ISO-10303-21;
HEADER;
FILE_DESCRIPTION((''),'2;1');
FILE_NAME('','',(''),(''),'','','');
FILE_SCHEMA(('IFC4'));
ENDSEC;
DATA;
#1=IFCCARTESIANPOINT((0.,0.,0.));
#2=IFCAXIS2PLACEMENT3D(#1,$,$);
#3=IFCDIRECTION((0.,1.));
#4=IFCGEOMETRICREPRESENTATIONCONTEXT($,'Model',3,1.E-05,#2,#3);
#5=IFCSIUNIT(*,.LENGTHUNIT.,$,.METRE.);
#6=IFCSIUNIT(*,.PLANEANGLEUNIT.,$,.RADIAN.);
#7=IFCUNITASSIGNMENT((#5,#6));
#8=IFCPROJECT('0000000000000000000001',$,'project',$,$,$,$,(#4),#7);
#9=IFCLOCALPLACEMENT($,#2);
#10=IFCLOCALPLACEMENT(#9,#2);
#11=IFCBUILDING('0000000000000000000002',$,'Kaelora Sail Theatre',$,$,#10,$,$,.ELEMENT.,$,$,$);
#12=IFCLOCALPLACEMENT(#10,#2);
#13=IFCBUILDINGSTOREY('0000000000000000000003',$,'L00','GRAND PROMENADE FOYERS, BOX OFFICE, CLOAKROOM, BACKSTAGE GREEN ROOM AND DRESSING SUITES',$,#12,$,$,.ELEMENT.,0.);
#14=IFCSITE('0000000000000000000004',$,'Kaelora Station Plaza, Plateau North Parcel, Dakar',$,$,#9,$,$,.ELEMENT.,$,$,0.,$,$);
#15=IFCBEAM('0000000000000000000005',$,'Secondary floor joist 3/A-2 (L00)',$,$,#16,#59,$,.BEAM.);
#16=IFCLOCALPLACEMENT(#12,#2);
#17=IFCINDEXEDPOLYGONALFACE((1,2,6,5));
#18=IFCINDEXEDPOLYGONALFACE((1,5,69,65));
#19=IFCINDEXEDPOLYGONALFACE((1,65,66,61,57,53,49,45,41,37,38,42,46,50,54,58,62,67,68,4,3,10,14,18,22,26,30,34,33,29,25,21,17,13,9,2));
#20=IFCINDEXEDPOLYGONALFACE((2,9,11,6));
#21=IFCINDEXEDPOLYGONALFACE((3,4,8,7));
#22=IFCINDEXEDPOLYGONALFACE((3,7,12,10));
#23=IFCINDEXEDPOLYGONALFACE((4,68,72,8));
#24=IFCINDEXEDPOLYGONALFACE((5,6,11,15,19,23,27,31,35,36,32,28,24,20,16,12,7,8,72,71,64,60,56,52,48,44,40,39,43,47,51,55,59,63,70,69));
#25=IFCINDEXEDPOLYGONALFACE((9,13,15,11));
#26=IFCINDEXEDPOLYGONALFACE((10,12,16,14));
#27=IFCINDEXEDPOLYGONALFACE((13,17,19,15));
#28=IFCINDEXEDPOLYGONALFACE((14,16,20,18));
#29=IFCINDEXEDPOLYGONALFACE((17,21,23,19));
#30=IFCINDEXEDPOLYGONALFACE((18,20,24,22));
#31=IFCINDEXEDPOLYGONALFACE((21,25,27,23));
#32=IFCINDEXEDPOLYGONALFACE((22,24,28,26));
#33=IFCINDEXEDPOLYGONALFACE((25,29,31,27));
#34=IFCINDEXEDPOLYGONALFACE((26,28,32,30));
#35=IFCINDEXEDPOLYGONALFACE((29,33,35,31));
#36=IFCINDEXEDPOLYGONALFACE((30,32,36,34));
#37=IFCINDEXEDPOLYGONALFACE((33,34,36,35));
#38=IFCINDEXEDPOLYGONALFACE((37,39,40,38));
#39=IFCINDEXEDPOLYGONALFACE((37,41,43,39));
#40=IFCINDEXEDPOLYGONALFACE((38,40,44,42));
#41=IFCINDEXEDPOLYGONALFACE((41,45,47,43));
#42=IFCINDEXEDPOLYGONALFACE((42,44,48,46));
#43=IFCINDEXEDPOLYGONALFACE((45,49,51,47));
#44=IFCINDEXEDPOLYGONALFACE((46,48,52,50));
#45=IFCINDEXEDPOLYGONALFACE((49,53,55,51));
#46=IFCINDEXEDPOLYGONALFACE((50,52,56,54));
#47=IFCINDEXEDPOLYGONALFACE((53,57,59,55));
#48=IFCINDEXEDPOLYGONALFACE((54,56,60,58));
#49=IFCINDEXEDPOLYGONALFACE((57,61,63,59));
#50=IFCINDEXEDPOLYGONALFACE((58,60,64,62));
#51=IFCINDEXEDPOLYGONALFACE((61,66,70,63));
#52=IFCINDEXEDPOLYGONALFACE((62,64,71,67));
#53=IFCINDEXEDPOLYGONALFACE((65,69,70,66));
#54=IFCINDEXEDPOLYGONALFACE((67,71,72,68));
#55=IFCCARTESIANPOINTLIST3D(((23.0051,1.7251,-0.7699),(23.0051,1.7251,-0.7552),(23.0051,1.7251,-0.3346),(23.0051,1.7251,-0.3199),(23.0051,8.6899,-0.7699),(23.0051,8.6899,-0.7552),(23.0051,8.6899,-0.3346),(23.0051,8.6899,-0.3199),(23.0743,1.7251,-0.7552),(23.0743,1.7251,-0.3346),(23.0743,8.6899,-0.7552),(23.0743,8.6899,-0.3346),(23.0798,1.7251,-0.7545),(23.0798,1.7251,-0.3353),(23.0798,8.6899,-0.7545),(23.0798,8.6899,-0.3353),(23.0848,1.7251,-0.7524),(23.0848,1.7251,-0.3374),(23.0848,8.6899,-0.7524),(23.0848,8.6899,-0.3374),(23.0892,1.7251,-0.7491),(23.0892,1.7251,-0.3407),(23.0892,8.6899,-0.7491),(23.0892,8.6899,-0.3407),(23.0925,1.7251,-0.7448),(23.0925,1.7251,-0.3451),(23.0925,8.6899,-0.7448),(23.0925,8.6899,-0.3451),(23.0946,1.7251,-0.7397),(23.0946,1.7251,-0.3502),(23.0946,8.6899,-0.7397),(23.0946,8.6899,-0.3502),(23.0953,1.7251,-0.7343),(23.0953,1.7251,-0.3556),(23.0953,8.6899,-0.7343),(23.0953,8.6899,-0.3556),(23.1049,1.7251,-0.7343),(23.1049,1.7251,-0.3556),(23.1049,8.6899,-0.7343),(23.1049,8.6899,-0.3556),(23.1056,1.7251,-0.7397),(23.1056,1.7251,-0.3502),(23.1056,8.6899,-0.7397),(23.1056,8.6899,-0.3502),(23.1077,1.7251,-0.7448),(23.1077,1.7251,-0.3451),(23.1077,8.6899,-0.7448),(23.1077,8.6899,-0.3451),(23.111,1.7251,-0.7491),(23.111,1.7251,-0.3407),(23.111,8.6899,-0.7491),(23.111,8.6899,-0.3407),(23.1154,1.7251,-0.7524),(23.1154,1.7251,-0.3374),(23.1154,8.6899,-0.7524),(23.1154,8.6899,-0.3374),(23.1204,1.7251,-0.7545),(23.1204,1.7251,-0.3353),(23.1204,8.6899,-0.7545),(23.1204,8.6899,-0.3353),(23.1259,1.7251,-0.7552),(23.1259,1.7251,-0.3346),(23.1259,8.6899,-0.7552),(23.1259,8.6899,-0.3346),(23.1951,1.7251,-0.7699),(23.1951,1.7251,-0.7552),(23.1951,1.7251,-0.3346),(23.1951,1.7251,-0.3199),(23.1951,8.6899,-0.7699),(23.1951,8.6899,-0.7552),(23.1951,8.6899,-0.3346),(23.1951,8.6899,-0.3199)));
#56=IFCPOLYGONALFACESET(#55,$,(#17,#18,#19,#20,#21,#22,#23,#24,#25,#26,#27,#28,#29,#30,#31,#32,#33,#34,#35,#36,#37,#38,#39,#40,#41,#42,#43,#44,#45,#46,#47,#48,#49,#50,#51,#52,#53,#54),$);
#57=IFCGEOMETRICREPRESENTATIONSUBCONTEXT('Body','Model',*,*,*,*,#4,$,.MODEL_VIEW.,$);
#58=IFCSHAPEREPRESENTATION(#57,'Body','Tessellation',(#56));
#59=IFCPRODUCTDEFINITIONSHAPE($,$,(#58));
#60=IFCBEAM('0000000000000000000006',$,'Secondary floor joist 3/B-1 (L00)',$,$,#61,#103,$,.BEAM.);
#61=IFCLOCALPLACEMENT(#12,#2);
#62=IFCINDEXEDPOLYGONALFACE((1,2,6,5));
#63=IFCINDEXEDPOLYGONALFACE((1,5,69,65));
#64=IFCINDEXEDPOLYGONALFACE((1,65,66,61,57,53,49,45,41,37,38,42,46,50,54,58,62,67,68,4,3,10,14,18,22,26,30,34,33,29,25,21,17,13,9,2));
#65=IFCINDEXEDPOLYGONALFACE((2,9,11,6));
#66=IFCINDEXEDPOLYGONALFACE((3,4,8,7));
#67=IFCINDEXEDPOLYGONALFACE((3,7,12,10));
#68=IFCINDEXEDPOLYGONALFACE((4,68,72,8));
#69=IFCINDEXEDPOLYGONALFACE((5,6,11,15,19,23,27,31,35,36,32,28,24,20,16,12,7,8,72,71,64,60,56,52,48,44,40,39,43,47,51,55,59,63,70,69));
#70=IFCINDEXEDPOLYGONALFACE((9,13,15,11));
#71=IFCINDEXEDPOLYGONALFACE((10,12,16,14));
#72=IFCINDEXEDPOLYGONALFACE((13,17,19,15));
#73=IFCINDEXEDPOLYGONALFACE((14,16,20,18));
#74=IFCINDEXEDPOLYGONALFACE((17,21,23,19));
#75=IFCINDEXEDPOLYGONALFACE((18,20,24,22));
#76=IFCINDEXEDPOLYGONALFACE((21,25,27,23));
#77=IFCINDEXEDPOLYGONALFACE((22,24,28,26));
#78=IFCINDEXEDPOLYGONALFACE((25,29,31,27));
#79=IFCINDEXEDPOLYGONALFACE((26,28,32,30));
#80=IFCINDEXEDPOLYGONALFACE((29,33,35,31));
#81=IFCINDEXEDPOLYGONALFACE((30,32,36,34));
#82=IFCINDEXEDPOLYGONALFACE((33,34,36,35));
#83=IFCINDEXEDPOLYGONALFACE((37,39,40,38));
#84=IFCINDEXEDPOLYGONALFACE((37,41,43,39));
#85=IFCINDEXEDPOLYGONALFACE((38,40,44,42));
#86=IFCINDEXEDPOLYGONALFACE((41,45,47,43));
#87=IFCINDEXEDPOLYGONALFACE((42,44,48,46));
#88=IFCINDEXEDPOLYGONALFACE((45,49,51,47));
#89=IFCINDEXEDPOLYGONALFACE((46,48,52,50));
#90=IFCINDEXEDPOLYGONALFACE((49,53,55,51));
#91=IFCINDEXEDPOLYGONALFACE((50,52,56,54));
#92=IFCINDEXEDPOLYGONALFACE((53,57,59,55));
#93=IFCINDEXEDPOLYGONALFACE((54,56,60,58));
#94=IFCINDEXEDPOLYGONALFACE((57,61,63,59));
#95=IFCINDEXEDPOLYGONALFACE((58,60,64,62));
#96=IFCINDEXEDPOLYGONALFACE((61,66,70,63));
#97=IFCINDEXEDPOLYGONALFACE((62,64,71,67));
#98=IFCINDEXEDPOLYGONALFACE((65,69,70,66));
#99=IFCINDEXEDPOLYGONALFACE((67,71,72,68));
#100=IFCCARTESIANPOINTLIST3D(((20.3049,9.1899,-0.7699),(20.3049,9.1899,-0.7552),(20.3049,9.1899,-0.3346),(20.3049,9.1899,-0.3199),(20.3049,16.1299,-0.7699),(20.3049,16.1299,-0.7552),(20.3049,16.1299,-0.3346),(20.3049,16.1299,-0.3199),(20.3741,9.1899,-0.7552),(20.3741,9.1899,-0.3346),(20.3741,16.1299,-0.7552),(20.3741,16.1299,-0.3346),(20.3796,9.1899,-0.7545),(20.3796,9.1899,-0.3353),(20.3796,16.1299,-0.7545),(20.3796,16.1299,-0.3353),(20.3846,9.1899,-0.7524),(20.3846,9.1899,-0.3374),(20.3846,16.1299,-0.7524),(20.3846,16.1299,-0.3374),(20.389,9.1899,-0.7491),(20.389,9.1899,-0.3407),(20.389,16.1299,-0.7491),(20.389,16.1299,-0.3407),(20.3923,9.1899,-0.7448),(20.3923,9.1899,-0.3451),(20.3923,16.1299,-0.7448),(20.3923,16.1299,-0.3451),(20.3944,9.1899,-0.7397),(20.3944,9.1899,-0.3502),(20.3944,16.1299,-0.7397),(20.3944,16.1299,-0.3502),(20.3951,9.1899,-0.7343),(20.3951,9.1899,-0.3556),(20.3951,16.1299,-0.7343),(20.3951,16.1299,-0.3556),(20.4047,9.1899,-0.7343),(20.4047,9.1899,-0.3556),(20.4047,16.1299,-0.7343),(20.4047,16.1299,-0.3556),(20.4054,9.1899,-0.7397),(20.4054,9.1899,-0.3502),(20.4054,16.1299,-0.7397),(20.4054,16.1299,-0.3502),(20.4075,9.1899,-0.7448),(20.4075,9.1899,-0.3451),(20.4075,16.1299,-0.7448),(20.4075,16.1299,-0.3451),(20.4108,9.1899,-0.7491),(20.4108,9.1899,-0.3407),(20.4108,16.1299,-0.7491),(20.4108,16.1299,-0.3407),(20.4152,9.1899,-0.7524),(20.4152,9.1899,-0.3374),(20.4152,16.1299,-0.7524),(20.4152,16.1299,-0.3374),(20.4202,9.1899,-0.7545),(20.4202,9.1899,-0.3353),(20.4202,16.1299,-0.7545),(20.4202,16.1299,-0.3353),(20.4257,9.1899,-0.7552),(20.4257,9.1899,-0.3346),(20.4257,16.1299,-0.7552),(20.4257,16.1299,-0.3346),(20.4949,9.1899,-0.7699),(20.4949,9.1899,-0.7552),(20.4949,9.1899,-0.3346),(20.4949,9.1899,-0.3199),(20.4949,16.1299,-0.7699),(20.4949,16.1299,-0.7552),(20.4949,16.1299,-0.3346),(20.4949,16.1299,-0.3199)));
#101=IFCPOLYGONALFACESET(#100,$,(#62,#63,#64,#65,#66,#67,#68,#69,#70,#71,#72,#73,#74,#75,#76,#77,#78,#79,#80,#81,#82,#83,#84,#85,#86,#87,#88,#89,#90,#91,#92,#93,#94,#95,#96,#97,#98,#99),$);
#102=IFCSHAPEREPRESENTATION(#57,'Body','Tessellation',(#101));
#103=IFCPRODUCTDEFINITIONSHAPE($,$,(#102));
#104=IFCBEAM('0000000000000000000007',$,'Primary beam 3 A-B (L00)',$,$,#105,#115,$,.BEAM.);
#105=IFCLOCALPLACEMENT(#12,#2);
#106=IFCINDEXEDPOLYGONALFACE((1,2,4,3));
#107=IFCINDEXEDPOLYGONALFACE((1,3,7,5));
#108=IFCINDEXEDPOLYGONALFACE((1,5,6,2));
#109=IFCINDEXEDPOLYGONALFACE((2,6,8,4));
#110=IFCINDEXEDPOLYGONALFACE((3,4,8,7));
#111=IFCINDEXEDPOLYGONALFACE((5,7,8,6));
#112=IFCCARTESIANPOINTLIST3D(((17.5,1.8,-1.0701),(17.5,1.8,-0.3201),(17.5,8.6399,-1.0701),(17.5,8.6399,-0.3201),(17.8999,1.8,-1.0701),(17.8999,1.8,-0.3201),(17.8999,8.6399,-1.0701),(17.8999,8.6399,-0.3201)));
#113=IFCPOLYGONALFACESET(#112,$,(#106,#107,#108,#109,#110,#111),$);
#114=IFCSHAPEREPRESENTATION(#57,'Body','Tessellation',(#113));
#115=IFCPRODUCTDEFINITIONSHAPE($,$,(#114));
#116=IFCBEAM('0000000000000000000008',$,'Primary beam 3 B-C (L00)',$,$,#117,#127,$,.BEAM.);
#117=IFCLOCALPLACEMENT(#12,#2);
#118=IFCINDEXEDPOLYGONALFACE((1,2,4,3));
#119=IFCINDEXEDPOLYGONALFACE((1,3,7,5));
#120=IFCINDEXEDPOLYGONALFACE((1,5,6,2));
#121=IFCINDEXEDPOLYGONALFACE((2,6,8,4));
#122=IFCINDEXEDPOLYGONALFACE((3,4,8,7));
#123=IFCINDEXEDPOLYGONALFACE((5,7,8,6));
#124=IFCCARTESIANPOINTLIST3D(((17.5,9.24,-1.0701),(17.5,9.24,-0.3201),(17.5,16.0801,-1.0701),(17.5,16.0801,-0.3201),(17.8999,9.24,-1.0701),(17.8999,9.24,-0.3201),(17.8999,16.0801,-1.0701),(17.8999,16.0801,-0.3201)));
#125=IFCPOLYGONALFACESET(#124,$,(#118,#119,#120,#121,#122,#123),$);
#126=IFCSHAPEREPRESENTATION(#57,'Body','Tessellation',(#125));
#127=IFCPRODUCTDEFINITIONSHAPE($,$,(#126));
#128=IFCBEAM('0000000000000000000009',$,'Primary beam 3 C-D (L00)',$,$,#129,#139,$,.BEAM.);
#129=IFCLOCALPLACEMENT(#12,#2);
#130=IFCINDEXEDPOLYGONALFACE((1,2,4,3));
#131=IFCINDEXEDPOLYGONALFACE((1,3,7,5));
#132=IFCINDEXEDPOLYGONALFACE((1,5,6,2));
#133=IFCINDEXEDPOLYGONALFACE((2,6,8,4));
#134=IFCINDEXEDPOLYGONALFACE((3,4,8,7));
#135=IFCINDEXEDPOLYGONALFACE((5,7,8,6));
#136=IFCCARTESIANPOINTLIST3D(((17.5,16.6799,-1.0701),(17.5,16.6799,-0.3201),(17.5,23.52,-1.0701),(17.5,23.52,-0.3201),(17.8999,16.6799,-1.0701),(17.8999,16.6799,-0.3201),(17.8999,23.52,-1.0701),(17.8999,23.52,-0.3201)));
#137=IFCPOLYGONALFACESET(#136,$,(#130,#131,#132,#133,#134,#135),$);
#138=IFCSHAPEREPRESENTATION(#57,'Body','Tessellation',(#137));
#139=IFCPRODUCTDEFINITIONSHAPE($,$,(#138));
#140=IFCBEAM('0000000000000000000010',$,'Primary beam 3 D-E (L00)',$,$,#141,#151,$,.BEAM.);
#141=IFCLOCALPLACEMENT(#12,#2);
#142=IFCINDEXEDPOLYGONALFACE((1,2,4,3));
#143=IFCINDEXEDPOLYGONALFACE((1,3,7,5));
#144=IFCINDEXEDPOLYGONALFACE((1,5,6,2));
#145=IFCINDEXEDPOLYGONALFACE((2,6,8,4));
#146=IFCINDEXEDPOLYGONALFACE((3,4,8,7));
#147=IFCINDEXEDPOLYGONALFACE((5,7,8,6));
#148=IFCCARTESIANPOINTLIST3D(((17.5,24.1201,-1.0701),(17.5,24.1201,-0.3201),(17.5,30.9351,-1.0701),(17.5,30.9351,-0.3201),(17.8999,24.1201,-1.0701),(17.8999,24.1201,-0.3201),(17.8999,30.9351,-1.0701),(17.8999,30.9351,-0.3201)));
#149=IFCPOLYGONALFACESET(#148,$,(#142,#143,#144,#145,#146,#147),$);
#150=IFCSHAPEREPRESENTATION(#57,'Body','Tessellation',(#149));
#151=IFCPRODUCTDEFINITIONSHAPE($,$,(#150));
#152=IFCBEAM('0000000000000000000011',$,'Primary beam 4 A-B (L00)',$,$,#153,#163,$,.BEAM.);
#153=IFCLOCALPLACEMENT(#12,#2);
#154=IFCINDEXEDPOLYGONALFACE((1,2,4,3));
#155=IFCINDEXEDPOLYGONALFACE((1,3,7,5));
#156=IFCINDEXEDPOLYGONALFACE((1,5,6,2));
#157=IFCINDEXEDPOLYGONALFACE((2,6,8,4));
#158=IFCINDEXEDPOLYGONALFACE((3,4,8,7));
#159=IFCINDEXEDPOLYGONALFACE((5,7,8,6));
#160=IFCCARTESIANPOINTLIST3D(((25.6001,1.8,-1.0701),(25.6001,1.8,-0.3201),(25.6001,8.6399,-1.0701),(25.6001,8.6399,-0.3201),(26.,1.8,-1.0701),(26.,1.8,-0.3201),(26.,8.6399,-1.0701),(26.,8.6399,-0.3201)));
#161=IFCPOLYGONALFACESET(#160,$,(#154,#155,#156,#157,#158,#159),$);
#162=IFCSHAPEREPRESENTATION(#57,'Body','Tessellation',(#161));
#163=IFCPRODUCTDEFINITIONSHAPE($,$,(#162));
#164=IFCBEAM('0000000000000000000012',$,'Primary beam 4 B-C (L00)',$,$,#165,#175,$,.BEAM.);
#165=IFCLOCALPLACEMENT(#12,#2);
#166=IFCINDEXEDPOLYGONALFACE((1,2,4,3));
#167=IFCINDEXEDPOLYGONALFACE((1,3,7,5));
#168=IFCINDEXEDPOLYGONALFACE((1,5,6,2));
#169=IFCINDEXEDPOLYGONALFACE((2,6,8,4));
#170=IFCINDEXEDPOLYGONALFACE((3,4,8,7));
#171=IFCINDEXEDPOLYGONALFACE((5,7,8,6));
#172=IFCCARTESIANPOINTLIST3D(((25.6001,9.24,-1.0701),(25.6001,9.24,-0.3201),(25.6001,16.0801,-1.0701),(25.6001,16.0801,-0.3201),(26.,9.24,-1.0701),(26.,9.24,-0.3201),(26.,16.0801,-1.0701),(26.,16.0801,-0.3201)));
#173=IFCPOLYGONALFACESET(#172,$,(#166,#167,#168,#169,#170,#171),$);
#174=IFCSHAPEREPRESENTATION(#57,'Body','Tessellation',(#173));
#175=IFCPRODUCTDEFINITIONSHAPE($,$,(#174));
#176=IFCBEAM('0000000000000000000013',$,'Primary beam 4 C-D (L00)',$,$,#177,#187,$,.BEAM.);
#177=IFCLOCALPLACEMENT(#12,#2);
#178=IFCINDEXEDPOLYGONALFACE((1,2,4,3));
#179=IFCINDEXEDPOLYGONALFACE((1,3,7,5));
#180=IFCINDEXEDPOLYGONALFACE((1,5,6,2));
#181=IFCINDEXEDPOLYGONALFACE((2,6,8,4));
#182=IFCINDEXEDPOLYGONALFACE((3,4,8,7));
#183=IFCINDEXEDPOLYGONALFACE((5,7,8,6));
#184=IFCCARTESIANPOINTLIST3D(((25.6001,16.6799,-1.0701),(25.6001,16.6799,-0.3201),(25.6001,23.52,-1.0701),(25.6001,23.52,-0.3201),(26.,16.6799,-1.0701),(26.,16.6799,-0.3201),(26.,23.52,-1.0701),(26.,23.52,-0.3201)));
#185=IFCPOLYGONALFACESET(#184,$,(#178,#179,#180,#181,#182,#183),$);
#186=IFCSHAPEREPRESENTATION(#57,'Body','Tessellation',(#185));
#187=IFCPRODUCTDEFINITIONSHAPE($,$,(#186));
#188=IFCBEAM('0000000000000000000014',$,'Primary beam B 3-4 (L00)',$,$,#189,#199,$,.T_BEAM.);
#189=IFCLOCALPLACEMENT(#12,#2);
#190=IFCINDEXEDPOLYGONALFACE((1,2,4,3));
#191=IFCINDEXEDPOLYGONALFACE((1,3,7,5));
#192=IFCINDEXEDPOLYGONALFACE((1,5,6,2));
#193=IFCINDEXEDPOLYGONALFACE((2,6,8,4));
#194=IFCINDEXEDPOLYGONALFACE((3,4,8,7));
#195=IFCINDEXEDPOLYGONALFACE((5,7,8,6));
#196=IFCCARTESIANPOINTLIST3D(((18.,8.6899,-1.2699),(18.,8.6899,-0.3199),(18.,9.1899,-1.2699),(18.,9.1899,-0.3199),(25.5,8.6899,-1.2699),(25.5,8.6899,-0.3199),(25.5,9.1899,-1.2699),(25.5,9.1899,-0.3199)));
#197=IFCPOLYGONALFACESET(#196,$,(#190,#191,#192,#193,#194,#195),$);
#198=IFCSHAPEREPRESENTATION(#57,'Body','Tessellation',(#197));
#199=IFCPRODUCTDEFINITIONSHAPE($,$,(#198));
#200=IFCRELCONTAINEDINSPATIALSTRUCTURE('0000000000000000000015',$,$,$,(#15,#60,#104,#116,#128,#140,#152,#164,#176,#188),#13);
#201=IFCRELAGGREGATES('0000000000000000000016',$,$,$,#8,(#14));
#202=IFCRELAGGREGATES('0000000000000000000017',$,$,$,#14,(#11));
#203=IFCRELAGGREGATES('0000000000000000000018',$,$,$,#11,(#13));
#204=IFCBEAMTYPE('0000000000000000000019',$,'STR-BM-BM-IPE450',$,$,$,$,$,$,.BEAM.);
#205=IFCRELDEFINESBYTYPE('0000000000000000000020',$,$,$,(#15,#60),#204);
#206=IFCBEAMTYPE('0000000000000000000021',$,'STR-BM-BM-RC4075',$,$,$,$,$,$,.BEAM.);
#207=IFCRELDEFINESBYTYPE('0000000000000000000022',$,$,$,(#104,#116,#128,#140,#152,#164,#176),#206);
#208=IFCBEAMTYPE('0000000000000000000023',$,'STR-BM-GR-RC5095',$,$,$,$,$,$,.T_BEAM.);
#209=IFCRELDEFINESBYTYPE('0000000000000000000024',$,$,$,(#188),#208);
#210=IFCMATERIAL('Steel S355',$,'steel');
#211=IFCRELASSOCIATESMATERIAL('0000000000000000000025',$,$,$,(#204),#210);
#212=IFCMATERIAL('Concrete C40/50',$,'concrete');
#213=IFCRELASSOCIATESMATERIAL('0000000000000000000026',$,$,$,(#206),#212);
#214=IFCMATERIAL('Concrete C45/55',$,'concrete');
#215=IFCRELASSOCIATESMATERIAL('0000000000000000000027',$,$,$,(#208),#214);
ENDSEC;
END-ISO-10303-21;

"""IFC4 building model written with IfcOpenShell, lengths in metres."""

from ifc_helpers import new_model, si_unit, direction, frame, origin, origin_2d, place, context, subcontext, project, spatial, rectangle, i_section, extrude, material, material_profile, profile_set, type_object, element, save


model = new_model("IFC4")

# Units and contexts
model_context = context("Model", 3, precision=1e-05, world=origin(), true_north=direction((0.0, 1.0)))
body_context = subcontext(model_context, "Body", "Model", "MODEL_VIEW")
ifc_project = project(units=[si_unit("LENGTHUNIT", "METRE"), si_unit("PLANEANGLEUNIT", "RADIAN")], contexts=[model_context])

# Site, building, storey
site_placement = place(None, origin())
site = spatial("IfcSite", under=ifc_project, at=site_placement, Name="Kaelora Station Plaza, Plateau North Parcel, Dakar", CompositionType="ELEMENT", RefElevation=0.0)
building_placement = place(site_placement, origin())
building = spatial("IfcBuilding", under=site, at=building_placement, Name="Kaelora Sail Theatre", CompositionType="ELEMENT")
storey_placement = place(building_placement, origin())
storey = spatial("IfcBuildingStorey", under=building, at=storey_placement, Name="L00", Description="GRAND PROMENADE FOYERS, BOX OFFICE, CLOAKROOM, BACKSTAGE GREEN ROOM AND DRESSING SUITES", CompositionType="ELEMENT", Elevation=0.0)

# Beams
ifc_material_1 = material(Name="Steel S355", Category="steel")
ifc_material_profile_1 = material_profile(ifc_material_1, i_section(OverallWidth=0.1899, OverallDepth=0.45, WebThickness=0.0095, FlangeThickness=0.0146, FilletRadius=0.021, at=origin_2d()), Name="IPE 450")
ifc_profile_set_1 = profile_set([ifc_material_profile_1], Name="Steel S355")
beam_type_1 = type_object("IfcBeamType", Name="STR-BM-BM-IPE450", PredefinedType="BEAM", material=ifc_profile_set_1)
beam_1_placement = place(storey_placement, frame((23.1001, 1.7251, -0.5449), z_axis=(0.0, 1.0, 0.0), x_axis=(-1.0, 0.0, 0.0)))
element("IfcBeam", 1, at=beam_1_placement, inside=storey, type_object=beam_type_1, Name="Secondary floor joist 3/A-2 (L00)", PredefinedType="BEAM", context=body_context, shape_type="SweptSolid", body=[
    extrude(i_section(OverallWidth=0.1899, OverallDepth=0.45, WebThickness=0.0095, FlangeThickness=0.0146, FilletRadius=0.021, at=origin_2d()), origin(), (0.0, 0.0, 1.0), 6.9648),
])
beam_2_placement = place(storey_placement, frame((20.3999, 9.1899, -0.5449), z_axis=(0.0, 1.0, 0.0), x_axis=(-1.0, 0.0, 0.0)))
element("IfcBeam", 2, at=beam_2_placement, inside=storey, type_object=beam_type_1, Name="Secondary floor joist 3/B-1 (L00)", PredefinedType="BEAM", context=body_context, shape_type="SweptSolid", body=[
    extrude(i_section(OverallWidth=0.1899, OverallDepth=0.45, WebThickness=0.0095, FlangeThickness=0.0146, FilletRadius=0.021, at=origin_2d()), origin(), (0.0, 0.0, 1.0), 6.9399),
])
ifc_material_2 = material(Name="Concrete C40/50", Category="concrete")
ifc_material_profile_2 = material_profile(ifc_material_2, rectangle(XDim=0.3999, YDim=0.75, at=origin_2d()), Name="RC-BM 400x750")
ifc_profile_set_2 = profile_set([ifc_material_profile_2], Name="Concrete C40/50")
beam_type_2 = type_object("IfcBeamType", Name="STR-BM-BM-RC4075", PredefinedType="BEAM", material=ifc_profile_set_2)
beam_3_placement = place(storey_placement, frame((17.7, 1.8, -0.6951), z_axis=(0.0, 1.0, 0.0), x_axis=(-1.0, 0.0, 0.0)))
element("IfcBeam", 3, at=beam_3_placement, inside=storey, type_object=beam_type_2, Name="Primary beam 3 A-B (L00)", PredefinedType="BEAM", context=body_context, shape_type="SweptSolid", body=[
    extrude(rectangle(XDim=0.3999, YDim=0.75, at=origin_2d()), origin(), (0.0, 0.0, 1.0), 6.8398),
])
for number, where, z_axis, x_axis, name in (
    (4, (17.7, 9.24, -0.6951), (0.0, 1.0, 0.0), (-1.0, 0.0, 0.0), "Primary beam 3 B-C (L00)"),
    (5, (17.7, 16.6799, -0.6951), (0.0, 1.0, 0.0), (-1.0, 0.0, 0.0), "Primary beam 3 C-D (L00)"),
):
    element("IfcBeam", number, at=place(storey_placement, frame(where, z_axis=z_axis, x_axis=x_axis)), inside=storey, type_object=beam_type_2, Name=name, PredefinedType="BEAM", context=body_context, shape_type="SweptSolid", body=[
        extrude(rectangle(XDim=0.3999, YDim=0.75, at=origin_2d()), origin(), (0.0, 0.0, 1.0), 6.8401),
    ])
beam_4_placement = place(storey_placement, frame((17.7, 24.1201, -0.6951), z_axis=(0.0, 1.0, 0.0), x_axis=(-1.0, 0.0, 0.0)))
element("IfcBeam", 6, at=beam_4_placement, inside=storey, type_object=beam_type_2, Name="Primary beam 3 D-E (L00)", PredefinedType="BEAM", context=body_context, shape_type="SweptSolid", body=[
    extrude(rectangle(XDim=0.3999, YDim=0.75, at=origin_2d()), origin(), (0.0, 0.0, 1.0), 6.8149),
])
beam_5_placement = place(storey_placement, frame((25.8, 1.8, -0.6951), z_axis=(0.0, 1.0, 0.0), x_axis=(-1.0, 0.0, 0.0)))
element("IfcBeam", 7, at=beam_5_placement, inside=storey, type_object=beam_type_2, Name="Primary beam 4 A-B (L00)", PredefinedType="BEAM", context=body_context, shape_type="SweptSolid", body=[
    extrude(rectangle(XDim=0.3999, YDim=0.75, at=origin_2d()), origin(), (0.0, 0.0, 1.0), 6.8398),
])
for number, where, z_axis, x_axis, name in (
    (8, (25.8, 9.24, -0.6951), (0.0, 1.0, 0.0), (-1.0, 0.0, 0.0), "Primary beam 4 B-C (L00)"),
    (9, (25.8, 16.6799, -0.6951), (0.0, 1.0, 0.0), (-1.0, 0.0, 0.0), "Primary beam 4 C-D (L00)"),
):
    element("IfcBeam", number, at=place(storey_placement, frame(where, z_axis=z_axis, x_axis=x_axis)), inside=storey, type_object=beam_type_2, Name=name, PredefinedType="BEAM", context=body_context, shape_type="SweptSolid", body=[
        extrude(rectangle(XDim=0.3999, YDim=0.75, at=origin_2d()), origin(), (0.0, 0.0, 1.0), 6.8401),
    ])
ifc_material_3 = material(Name="Concrete C45/55", Category="concrete")
ifc_material_profile_3 = material_profile(ifc_material_3, rectangle(XDim=0.5, YDim=0.95, at=origin_2d()), Name="RC-GRD 500x950")
ifc_profile_set_3 = profile_set([ifc_material_profile_3], Name="Concrete C45/55")
beam_type_3 = type_object("IfcBeamType", Name="STR-BM-GR-RC5095", PredefinedType="T_BEAM", material=ifc_profile_set_3)
for number, where, z_axis, x_axis, name in (
    (10, (18.0, 8.9399, -0.7949), (1.0, 0.0, 0.0), (0.0, 1.0, 0.0), "Primary beam B 3-4 (L00)"),
):
    element("IfcBeam", number, at=place(storey_placement, frame(where, z_axis=z_axis, x_axis=x_axis)), inside=storey, type_object=beam_type_3, Name=name, PredefinedType="T_BEAM", context=body_context, shape_type="SweptSolid", body=[
        extrude(rectangle(XDim=0.5, YDim=0.95, at=origin_2d()), origin(), (0.0, 0.0, 1.0), 7.5),
    ])

save(model, "model.ifc")
